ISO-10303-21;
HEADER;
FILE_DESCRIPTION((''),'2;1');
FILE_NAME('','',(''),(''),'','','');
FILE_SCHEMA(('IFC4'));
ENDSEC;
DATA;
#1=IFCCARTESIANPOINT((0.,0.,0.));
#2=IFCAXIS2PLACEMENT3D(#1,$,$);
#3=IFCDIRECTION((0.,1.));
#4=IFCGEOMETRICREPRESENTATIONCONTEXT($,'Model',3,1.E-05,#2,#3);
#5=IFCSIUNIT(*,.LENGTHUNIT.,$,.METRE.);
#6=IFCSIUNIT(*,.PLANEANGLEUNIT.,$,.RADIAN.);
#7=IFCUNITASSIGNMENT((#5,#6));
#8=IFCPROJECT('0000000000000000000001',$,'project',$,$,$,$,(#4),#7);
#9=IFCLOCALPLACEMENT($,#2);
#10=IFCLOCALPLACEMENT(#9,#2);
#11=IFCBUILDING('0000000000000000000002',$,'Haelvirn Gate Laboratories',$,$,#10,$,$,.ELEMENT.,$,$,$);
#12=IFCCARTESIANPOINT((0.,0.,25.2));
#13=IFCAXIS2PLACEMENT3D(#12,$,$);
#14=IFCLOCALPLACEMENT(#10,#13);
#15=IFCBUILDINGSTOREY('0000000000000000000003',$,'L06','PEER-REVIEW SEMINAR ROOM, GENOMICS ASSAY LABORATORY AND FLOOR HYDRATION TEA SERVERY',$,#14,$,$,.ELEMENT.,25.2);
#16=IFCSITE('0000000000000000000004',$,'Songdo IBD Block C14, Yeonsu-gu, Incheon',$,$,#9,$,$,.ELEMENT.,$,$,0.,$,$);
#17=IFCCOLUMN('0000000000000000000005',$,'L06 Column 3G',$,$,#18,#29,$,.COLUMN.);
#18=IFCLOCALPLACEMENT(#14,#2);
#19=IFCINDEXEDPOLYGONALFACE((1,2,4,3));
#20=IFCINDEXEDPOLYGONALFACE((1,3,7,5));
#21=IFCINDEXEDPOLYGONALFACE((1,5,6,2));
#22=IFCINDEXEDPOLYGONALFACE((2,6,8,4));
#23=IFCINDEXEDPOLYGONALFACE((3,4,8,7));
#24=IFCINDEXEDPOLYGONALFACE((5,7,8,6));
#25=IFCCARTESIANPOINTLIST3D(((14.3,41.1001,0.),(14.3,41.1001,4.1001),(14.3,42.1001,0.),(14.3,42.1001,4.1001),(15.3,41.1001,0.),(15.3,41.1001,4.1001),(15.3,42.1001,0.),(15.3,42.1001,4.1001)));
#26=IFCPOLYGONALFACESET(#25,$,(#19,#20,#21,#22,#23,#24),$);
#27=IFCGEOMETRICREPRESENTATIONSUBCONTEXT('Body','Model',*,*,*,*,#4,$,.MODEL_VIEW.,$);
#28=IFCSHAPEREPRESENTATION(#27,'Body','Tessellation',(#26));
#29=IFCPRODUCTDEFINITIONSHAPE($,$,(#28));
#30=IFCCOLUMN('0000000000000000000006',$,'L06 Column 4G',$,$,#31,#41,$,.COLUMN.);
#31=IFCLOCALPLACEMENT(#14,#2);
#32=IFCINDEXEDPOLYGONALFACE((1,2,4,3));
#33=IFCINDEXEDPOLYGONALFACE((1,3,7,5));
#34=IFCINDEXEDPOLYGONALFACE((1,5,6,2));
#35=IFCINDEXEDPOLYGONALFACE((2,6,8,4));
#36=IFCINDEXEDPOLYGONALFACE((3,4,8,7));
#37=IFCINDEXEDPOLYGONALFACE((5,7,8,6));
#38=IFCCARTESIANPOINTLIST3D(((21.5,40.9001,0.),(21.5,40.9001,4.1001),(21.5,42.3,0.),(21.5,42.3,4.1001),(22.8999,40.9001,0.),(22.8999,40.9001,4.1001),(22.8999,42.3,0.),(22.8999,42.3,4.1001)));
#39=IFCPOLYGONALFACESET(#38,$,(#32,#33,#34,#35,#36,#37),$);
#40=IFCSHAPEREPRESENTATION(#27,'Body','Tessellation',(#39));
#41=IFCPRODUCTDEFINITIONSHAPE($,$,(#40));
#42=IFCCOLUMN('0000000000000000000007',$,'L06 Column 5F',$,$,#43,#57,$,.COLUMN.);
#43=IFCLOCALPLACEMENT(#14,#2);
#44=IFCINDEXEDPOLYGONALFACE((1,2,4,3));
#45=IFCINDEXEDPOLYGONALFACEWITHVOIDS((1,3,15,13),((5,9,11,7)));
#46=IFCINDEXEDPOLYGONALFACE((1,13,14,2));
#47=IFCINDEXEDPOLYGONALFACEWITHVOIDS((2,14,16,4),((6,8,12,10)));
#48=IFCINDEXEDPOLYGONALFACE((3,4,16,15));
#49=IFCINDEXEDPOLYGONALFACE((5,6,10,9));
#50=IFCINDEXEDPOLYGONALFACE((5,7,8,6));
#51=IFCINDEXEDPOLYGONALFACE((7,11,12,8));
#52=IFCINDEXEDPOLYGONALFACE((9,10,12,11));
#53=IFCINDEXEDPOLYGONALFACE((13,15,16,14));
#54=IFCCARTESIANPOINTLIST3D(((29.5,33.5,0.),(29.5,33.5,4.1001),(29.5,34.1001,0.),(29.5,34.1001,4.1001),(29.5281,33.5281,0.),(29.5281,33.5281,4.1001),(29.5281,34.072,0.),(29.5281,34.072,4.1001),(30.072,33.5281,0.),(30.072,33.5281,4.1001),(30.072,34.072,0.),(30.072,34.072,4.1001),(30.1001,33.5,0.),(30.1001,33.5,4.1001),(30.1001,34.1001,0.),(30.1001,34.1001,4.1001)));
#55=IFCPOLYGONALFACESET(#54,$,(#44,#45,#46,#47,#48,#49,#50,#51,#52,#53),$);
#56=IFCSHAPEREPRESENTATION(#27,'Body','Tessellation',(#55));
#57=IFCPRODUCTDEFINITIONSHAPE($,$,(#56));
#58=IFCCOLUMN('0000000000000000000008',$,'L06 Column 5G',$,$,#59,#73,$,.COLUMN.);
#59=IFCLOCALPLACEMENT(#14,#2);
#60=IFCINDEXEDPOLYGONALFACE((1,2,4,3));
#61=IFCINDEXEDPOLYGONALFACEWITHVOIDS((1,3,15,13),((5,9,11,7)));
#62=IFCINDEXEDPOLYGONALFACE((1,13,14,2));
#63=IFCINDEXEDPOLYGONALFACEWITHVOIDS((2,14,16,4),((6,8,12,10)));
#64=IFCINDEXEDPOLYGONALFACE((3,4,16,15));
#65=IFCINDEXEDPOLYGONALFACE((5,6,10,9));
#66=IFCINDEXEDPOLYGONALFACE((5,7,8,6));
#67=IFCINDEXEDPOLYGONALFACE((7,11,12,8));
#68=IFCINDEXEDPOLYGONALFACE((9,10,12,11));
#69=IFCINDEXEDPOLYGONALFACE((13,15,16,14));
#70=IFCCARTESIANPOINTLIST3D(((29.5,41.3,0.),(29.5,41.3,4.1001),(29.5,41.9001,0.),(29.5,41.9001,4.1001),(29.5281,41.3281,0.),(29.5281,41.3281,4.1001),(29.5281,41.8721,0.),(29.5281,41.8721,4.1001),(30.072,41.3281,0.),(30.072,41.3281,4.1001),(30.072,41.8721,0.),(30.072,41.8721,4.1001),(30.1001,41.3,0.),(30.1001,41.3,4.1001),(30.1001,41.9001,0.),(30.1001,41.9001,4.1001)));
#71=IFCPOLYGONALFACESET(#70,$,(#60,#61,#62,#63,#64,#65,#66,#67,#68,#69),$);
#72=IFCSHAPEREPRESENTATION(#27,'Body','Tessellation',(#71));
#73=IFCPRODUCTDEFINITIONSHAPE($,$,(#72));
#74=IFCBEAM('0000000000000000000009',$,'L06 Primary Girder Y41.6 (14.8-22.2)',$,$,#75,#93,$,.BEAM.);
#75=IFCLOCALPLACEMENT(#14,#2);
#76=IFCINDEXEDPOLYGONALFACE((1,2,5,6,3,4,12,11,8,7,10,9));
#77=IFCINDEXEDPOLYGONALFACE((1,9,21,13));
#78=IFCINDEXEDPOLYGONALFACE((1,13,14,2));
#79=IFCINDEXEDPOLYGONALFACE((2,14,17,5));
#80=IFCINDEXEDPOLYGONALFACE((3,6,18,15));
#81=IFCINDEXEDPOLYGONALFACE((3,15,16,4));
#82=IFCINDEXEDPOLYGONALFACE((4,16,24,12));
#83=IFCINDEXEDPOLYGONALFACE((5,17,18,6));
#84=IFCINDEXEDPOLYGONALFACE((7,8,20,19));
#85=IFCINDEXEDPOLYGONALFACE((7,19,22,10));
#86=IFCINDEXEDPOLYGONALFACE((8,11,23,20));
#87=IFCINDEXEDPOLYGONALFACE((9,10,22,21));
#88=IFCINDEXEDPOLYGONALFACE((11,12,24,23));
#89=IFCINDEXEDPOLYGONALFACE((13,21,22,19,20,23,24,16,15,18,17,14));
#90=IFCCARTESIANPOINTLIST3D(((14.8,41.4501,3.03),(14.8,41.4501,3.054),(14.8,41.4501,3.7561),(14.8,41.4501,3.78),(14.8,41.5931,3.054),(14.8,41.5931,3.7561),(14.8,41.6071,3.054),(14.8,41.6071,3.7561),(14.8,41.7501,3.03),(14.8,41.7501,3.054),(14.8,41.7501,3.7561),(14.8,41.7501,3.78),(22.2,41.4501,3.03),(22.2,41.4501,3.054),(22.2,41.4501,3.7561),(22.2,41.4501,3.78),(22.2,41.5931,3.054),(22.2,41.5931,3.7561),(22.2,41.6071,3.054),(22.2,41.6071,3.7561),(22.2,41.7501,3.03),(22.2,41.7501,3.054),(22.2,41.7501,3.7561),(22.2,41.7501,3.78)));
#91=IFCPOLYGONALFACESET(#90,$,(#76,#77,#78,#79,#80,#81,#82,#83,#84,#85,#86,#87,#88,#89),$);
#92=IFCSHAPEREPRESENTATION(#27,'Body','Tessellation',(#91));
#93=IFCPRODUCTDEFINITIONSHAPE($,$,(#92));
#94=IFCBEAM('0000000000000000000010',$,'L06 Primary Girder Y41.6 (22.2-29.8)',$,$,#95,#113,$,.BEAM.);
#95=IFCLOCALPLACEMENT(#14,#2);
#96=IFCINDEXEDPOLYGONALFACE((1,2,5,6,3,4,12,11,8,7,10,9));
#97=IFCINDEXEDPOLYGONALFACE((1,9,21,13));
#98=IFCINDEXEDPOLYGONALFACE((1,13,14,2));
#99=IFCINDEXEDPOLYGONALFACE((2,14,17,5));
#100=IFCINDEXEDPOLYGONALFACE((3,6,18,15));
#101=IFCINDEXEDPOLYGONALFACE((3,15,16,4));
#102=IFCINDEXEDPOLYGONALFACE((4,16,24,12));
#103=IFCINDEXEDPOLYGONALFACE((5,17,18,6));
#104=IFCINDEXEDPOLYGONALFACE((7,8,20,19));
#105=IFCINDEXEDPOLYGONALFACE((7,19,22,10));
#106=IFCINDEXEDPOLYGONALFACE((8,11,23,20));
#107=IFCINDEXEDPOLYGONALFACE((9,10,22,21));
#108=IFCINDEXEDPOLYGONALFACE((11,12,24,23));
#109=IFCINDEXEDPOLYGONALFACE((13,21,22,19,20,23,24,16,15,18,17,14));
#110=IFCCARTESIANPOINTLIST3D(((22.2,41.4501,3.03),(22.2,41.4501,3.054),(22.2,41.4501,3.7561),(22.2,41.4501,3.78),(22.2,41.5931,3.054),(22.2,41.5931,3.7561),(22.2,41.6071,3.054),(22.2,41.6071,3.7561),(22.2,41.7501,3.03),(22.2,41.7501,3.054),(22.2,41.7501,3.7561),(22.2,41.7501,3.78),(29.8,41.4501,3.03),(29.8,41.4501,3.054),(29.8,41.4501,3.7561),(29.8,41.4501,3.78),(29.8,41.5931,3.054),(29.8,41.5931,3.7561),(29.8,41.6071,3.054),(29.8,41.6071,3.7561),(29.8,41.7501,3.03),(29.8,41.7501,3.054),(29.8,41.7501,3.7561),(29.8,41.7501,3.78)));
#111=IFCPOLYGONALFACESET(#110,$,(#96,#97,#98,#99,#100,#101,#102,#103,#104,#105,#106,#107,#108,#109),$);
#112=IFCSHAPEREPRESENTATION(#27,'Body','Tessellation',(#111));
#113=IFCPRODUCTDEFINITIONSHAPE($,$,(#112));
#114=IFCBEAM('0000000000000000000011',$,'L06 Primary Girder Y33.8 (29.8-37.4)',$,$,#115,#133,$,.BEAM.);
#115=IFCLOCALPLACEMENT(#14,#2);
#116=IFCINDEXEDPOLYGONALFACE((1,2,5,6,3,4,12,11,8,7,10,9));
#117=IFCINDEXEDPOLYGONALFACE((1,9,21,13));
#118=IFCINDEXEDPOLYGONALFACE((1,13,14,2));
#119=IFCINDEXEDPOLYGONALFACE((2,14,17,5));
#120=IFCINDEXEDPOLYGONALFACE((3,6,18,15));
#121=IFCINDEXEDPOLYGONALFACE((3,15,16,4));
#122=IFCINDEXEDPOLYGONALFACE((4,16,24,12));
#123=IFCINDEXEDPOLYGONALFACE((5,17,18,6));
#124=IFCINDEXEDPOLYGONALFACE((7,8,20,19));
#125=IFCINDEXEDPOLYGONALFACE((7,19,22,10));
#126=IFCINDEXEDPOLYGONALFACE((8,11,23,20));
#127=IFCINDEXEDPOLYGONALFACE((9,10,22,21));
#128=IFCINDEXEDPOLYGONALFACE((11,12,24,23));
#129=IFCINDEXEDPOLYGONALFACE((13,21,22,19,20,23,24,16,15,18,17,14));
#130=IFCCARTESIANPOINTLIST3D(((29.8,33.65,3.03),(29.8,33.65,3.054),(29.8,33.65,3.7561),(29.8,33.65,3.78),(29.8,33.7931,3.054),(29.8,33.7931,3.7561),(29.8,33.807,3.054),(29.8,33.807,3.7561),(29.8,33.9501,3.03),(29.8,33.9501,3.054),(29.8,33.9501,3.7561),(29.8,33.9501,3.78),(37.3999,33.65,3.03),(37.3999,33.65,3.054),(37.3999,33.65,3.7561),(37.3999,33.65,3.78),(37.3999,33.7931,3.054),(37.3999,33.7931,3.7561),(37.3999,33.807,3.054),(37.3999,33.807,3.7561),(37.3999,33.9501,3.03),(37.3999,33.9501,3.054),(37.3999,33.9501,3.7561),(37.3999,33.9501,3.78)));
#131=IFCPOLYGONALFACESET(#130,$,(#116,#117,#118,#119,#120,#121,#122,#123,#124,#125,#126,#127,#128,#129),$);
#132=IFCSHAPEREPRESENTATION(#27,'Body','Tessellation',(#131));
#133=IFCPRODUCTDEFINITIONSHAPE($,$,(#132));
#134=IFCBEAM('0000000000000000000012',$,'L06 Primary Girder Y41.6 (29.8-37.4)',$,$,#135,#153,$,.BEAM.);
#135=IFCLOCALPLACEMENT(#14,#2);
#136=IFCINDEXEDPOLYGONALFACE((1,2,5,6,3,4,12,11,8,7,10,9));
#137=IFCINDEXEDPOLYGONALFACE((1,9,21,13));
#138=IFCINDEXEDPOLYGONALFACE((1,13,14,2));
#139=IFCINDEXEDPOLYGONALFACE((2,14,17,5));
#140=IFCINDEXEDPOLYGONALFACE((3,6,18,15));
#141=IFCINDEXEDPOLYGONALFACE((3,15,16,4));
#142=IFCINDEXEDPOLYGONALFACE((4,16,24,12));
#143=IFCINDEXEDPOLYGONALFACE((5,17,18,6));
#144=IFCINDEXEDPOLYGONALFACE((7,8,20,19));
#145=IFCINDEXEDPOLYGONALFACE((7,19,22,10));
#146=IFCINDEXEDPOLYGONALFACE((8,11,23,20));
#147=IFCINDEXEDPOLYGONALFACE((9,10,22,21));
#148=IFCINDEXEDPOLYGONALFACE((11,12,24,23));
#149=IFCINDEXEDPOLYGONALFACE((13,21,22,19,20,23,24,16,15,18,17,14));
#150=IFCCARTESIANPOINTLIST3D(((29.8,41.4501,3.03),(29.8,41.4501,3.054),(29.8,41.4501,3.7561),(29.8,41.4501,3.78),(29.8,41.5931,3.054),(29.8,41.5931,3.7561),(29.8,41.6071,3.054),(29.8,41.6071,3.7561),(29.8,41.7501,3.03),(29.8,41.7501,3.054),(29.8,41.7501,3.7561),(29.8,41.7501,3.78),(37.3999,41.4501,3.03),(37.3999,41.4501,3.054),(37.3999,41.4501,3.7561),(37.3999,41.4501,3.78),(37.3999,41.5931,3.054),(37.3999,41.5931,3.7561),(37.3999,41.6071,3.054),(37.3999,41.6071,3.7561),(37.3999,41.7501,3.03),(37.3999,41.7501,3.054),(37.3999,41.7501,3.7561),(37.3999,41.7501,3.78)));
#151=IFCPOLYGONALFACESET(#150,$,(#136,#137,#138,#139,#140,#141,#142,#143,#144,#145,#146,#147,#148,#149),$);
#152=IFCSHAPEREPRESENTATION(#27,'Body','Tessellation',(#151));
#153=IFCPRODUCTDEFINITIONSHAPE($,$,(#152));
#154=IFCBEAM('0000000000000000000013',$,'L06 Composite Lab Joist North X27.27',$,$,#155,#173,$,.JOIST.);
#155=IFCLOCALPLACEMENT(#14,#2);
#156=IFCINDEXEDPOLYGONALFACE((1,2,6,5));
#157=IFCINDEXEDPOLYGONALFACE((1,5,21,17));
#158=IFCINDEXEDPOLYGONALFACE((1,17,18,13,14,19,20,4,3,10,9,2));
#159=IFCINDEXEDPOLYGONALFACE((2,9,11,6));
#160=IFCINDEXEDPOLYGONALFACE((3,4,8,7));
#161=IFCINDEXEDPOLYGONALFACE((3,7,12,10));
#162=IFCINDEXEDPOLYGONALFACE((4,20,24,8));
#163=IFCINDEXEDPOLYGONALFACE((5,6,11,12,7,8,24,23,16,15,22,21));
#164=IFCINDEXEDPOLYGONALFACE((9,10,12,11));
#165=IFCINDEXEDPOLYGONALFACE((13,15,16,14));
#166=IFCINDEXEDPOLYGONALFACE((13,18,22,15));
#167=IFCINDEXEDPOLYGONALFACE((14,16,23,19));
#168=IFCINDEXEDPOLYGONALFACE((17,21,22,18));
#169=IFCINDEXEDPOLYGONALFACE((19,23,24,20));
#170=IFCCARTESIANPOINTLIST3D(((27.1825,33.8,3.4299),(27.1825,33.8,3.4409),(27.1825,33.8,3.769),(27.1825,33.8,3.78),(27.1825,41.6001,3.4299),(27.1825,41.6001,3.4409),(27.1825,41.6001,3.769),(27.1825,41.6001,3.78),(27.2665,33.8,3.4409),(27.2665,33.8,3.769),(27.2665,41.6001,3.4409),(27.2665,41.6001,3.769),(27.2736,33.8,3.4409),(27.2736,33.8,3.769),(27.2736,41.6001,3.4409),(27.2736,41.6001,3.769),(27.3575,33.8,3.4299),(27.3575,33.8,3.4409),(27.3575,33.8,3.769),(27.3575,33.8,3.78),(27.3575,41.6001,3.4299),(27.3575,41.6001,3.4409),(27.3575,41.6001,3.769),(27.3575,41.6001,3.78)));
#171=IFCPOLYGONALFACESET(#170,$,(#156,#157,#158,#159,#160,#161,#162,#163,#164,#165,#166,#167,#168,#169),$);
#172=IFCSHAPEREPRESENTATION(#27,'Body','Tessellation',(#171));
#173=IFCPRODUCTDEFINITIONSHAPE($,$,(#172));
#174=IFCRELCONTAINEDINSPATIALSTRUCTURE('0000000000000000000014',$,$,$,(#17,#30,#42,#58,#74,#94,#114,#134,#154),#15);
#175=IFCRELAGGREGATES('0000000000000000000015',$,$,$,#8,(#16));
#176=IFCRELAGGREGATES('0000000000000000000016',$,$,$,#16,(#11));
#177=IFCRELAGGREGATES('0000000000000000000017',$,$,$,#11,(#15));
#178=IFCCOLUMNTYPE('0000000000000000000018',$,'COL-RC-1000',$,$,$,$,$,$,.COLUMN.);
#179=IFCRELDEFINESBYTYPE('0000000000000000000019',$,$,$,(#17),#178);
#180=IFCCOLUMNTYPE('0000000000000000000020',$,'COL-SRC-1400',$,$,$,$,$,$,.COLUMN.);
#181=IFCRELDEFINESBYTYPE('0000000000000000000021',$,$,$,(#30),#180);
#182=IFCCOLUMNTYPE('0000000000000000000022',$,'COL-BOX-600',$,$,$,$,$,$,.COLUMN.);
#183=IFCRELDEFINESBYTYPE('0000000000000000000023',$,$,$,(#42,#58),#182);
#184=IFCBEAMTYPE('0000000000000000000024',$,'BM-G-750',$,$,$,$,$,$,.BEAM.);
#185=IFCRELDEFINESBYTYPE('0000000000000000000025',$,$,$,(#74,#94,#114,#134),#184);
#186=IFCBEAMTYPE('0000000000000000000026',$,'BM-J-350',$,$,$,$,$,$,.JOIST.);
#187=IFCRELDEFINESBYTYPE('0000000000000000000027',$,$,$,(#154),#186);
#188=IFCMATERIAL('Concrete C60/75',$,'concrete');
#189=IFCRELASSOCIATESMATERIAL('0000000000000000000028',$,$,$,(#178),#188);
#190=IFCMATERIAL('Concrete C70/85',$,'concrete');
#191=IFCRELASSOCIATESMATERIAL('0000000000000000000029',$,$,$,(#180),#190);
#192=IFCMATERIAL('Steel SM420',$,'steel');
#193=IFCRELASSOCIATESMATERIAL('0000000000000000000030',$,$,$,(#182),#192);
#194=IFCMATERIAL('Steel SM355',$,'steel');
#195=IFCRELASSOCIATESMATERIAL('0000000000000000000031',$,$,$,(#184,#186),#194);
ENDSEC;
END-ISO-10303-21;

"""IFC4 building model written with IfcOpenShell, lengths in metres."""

from ifc_helpers import new_model, si_unit, direction, frame, origin, origin_2d, place, context, subcontext, project, spatial, rectangle, hollow_rectangle, i_section, extrude, source, transform, mapped, material, material_profile, profile_set, type_object, type_shapes, element, save


model = new_model("IFC4")

# Units and contexts
model_context = context("Model", 3, precision=1e-05, world=origin(), true_north=direction((0.0, 1.0)))
body_context = subcontext(model_context, "Body", "Model", "MODEL_VIEW")
ifc_project = project(units=[si_unit("LENGTHUNIT", "METRE"), si_unit("PLANEANGLEUNIT", "RADIAN")], contexts=[model_context])

# Site, building, storey
site_placement = place(None, origin())
site = spatial("IfcSite", under=ifc_project, at=site_placement, Name="Songdo IBD Block C14, Yeonsu-gu, Incheon", CompositionType="ELEMENT", RefElevation=0.0)
building_placement = place(site_placement, origin())
building = spatial("IfcBuilding", under=site, at=building_placement, Name="Haelvirn Gate Laboratories", CompositionType="ELEMENT")
storey_placement = place(building_placement, frame((0.0, 0.0, 25.2)))
storey = spatial("IfcBuildingStorey", under=building, at=storey_placement, Name="L06", Description="PEER-REVIEW SEMINAR ROOM, GENOMICS ASSAY LABORATORY AND FLOOR HYDRATION TEA SERVERY", CompositionType="ELEMENT", Elevation=25.2)

# Columns
ifc_material_1 = material(Name="Concrete C60/75", Category="concrete")
ifc_material_profile_1 = material_profile(ifc_material_1, rectangle(XDim=1.0, YDim=1.0, at=origin_2d()), Name="RC-1000x1000")
ifc_profile_set_1 = profile_set([ifc_material_profile_1], Name="Concrete C60/75")
column_type_1 = type_object("IfcColumnType", Name="COL-RC-1000", PredefinedType="COLUMN", material=ifc_profile_set_1)
shared_shape_1 = source(origin(), body_context, "Body", "SweptSolid", [
    extrude(rectangle(XDim=1.0, YDim=1.0, at=origin_2d()), origin(), (0.0, 0.0, 1.0), 4.1001),
])
type_shapes(column_type_1, [shared_shape_1])
column_1_placement = place(storey_placement, frame((14.8, 41.6001, 0.0), z_axis=(0.0, 0.0, 1.0), x_axis=(1.0, 0.0, 0.0)))
element("IfcColumn", 1, at=column_1_placement, inside=storey, type_object=column_type_1, Name="L06 Column 3G", PredefinedType="COLUMN", context=body_context, shape_type="MappedRepresentation", body=[
    mapped(shared_shape_1, transform((0.0, 0.0, 0.0), scale=1.0)),
])
ifc_material_2 = material(Name="Concrete C70/85", Category="concrete")
ifc_material_profile_2 = material_profile(ifc_material_2, rectangle(XDim=1.3999, YDim=1.3999, at=origin_2d()), Name="SRC-1400x1400")
ifc_profile_set_2 = profile_set([ifc_material_profile_2], Name="Concrete C70/85")
column_type_2 = type_object("IfcColumnType", Name="COL-SRC-1400", PredefinedType="COLUMN", material=ifc_profile_set_2)
shared_shape_2 = source(origin(), body_context, "Body", "SweptSolid", [
    extrude(rectangle(XDim=1.3999, YDim=1.3999, at=origin_2d()), origin(), (0.0, 0.0, 1.0), 4.1001),
])
type_shapes(column_type_2, [shared_shape_2])
column_2_placement = place(storey_placement, frame((22.2, 41.6001, 0.0), z_axis=(0.0, 0.0, 1.0), x_axis=(1.0, 0.0, 0.0)))
element("IfcColumn", 2, at=column_2_placement, inside=storey, type_object=column_type_2, Name="L06 Column 4G", PredefinedType="COLUMN", context=body_context, shape_type="MappedRepresentation", body=[
    mapped(shared_shape_2, transform((0.0, 0.0, 0.0), scale=1.0)),
])
ifc_material_3 = material(Name="Steel SM420", Category="steel")
ifc_material_profile_3 = material_profile(ifc_material_3, hollow_rectangle(XDim=0.6001, YDim=0.6001, WallThickness=0.0281, at=origin_2d()), Name="BOX-600x600x28")
ifc_profile_set_3 = profile_set([ifc_material_profile_3], Name="Steel SM420")
column_type_3 = type_object("IfcColumnType", Name="COL-BOX-600", PredefinedType="COLUMN", material=ifc_profile_set_3)
shared_shape_3 = source(origin(), body_context, "Body", "SweptSolid", [
    extrude(hollow_rectangle(XDim=0.6001, YDim=0.6001, WallThickness=0.0281, at=origin_2d()), origin(), (0.0, 0.0, 1.0), 4.1001),
])
type_shapes(column_type_3, [shared_shape_3])
for number, where, z_axis, x_axis, name in (
    (3, (29.8, 33.8, 0.0), (0.0, 0.0, 1.0), (1.0, 0.0, 0.0), "L06 Column 5F"),
    (4, (29.8, 41.6001, 0.0), (0.0, 0.0, 1.0), (1.0, 0.0, 0.0), "L06 Column 5G"),
):
    element("IfcColumn", number, at=place(storey_placement, frame(where, z_axis=z_axis, x_axis=x_axis)), inside=storey, type_object=column_type_3, Name=name, PredefinedType="COLUMN", context=body_context, shape_type="MappedRepresentation", body=[
        mapped(shared_shape_3, transform((0.0, 0.0, 0.0), scale=1.0)),
    ])

# Beams
ifc_material_4 = material(Name="Steel SM355", Category="steel")
ifc_material_profile_4 = material_profile(ifc_material_4, i_section(OverallWidth=0.3, OverallDepth=0.75, WebThickness=0.0139, FlangeThickness=0.0239, at=origin_2d()), Name="H-750x300x14x24")
ifc_profile_set_4 = profile_set([ifc_material_profile_4], Name="Steel SM355")
beam_type_1 = type_object("IfcBeamType", Name="BM-G-750", PredefinedType="BEAM", material=ifc_profile_set_4)
shared_shape_4 = source(origin(), body_context, "Body", "SweptSolid", [
    extrude(i_section(OverallWidth=0.3, OverallDepth=0.75, WebThickness=0.0139, FlangeThickness=0.0239, at=origin_2d()), origin(), (0.0, 0.0, 1.0), 7.3999),
])
beam_1_placement = place(storey_placement, frame((14.8, 41.6001, 3.405), z_axis=(1.0, 0.0, 0.0), x_axis=(0.0, 1.0, 0.0)))
element("IfcBeam", 5, at=beam_1_placement, inside=storey, type_object=beam_type_1, Name="L06 Primary Girder Y41.6 (14.8-22.2)", PredefinedType="BEAM", context=body_context, shape_type="MappedRepresentation", body=[
    mapped(shared_shape_4, transform((0.0, 0.0, 0.0), scale=1.0)),
])
shared_shape_5 = source(origin(), body_context, "Body", "SweptSolid", [
    extrude(i_section(OverallWidth=0.3, OverallDepth=0.75, WebThickness=0.0139, FlangeThickness=0.0239, at=origin_2d()), origin(), (0.0, 0.0, 1.0), 7.6001),
])
beam_2_placement = place(storey_placement, frame((22.2, 41.6001, 3.405), z_axis=(1.0, 0.0, 0.0), x_axis=(0.0, 1.0, 0.0)))
element("IfcBeam", 6, at=beam_2_placement, inside=storey, type_object=beam_type_1, Name="L06 Primary Girder Y41.6 (22.2-29.8)", PredefinedType="BEAM", context=body_context, shape_type="MappedRepresentation", body=[
    mapped(shared_shape_5, transform((0.0, 0.0, 0.0), scale=1.0)),
])
shared_shape_6 = source(origin(), body_context, "Body", "SweptSolid", [
    extrude(i_section(OverallWidth=0.3, OverallDepth=0.75, WebThickness=0.0139, FlangeThickness=0.0239, at=origin_2d()), origin(), (0.0, 0.0, 1.0), 7.5999),
])
type_shapes(beam_type_1, [shared_shape_4, shared_shape_5, shared_shape_6])
for number, where, z_axis, x_axis, name in (
    (7, (29.8, 33.8, 3.405), (1.0, 0.0, 0.0), (0.0, 1.0, 0.0), "L06 Primary Girder Y33.8 (29.8-37.4)"),
    (8, (29.8, 41.6001, 3.405), (1.0, 0.0, 0.0), (0.0, 1.0, 0.0), "L06 Primary Girder Y41.6 (29.8-37.4)"),
):
    element("IfcBeam", number, at=place(storey_placement, frame(where, z_axis=z_axis, x_axis=x_axis)), inside=storey, type_object=beam_type_1, Name=name, PredefinedType="BEAM", context=body_context, shape_type="MappedRepresentation", body=[
        mapped(shared_shape_6, transform((0.0, 0.0, 0.0), scale=1.0)),
    ])
ifc_material_profile_5 = material_profile(ifc_material_4, i_section(OverallWidth=0.175, OverallDepth=0.3501, WebThickness=0.0071, FlangeThickness=0.011, at=origin_2d()), Name="H-350x175x7x11")
ifc_profile_set_5 = profile_set([ifc_material_profile_5], Name="Steel SM355")
beam_type_2 = type_object("IfcBeamType", Name="BM-J-350", PredefinedType="JOIST", material=ifc_profile_set_5)
shared_shape_7 = source(origin(), body_context, "Body", "SweptSolid", [
    extrude(i_section(OverallWidth=0.175, OverallDepth=0.3501, WebThickness=0.0071, FlangeThickness=0.011, at=origin_2d()), origin(), (0.0, 0.0, 1.0), 7.8),
])
type_shapes(beam_type_2, [shared_shape_7])
beam_3_placement = place(storey_placement, frame((27.27, 33.8, 3.605), z_axis=(0.0, 1.0, 0.0), x_axis=(-1.0, 0.0, 0.0)))
element("IfcBeam", 9, at=beam_3_placement, inside=storey, type_object=beam_type_2, Name="L06 Composite Lab Joist North X27.27", PredefinedType="JOIST", context=body_context, shape_type="MappedRepresentation", body=[
    mapped(shared_shape_7, transform((0.0, 0.0, 0.0), scale=1.0)),
])

save(model, "model.ifc")
